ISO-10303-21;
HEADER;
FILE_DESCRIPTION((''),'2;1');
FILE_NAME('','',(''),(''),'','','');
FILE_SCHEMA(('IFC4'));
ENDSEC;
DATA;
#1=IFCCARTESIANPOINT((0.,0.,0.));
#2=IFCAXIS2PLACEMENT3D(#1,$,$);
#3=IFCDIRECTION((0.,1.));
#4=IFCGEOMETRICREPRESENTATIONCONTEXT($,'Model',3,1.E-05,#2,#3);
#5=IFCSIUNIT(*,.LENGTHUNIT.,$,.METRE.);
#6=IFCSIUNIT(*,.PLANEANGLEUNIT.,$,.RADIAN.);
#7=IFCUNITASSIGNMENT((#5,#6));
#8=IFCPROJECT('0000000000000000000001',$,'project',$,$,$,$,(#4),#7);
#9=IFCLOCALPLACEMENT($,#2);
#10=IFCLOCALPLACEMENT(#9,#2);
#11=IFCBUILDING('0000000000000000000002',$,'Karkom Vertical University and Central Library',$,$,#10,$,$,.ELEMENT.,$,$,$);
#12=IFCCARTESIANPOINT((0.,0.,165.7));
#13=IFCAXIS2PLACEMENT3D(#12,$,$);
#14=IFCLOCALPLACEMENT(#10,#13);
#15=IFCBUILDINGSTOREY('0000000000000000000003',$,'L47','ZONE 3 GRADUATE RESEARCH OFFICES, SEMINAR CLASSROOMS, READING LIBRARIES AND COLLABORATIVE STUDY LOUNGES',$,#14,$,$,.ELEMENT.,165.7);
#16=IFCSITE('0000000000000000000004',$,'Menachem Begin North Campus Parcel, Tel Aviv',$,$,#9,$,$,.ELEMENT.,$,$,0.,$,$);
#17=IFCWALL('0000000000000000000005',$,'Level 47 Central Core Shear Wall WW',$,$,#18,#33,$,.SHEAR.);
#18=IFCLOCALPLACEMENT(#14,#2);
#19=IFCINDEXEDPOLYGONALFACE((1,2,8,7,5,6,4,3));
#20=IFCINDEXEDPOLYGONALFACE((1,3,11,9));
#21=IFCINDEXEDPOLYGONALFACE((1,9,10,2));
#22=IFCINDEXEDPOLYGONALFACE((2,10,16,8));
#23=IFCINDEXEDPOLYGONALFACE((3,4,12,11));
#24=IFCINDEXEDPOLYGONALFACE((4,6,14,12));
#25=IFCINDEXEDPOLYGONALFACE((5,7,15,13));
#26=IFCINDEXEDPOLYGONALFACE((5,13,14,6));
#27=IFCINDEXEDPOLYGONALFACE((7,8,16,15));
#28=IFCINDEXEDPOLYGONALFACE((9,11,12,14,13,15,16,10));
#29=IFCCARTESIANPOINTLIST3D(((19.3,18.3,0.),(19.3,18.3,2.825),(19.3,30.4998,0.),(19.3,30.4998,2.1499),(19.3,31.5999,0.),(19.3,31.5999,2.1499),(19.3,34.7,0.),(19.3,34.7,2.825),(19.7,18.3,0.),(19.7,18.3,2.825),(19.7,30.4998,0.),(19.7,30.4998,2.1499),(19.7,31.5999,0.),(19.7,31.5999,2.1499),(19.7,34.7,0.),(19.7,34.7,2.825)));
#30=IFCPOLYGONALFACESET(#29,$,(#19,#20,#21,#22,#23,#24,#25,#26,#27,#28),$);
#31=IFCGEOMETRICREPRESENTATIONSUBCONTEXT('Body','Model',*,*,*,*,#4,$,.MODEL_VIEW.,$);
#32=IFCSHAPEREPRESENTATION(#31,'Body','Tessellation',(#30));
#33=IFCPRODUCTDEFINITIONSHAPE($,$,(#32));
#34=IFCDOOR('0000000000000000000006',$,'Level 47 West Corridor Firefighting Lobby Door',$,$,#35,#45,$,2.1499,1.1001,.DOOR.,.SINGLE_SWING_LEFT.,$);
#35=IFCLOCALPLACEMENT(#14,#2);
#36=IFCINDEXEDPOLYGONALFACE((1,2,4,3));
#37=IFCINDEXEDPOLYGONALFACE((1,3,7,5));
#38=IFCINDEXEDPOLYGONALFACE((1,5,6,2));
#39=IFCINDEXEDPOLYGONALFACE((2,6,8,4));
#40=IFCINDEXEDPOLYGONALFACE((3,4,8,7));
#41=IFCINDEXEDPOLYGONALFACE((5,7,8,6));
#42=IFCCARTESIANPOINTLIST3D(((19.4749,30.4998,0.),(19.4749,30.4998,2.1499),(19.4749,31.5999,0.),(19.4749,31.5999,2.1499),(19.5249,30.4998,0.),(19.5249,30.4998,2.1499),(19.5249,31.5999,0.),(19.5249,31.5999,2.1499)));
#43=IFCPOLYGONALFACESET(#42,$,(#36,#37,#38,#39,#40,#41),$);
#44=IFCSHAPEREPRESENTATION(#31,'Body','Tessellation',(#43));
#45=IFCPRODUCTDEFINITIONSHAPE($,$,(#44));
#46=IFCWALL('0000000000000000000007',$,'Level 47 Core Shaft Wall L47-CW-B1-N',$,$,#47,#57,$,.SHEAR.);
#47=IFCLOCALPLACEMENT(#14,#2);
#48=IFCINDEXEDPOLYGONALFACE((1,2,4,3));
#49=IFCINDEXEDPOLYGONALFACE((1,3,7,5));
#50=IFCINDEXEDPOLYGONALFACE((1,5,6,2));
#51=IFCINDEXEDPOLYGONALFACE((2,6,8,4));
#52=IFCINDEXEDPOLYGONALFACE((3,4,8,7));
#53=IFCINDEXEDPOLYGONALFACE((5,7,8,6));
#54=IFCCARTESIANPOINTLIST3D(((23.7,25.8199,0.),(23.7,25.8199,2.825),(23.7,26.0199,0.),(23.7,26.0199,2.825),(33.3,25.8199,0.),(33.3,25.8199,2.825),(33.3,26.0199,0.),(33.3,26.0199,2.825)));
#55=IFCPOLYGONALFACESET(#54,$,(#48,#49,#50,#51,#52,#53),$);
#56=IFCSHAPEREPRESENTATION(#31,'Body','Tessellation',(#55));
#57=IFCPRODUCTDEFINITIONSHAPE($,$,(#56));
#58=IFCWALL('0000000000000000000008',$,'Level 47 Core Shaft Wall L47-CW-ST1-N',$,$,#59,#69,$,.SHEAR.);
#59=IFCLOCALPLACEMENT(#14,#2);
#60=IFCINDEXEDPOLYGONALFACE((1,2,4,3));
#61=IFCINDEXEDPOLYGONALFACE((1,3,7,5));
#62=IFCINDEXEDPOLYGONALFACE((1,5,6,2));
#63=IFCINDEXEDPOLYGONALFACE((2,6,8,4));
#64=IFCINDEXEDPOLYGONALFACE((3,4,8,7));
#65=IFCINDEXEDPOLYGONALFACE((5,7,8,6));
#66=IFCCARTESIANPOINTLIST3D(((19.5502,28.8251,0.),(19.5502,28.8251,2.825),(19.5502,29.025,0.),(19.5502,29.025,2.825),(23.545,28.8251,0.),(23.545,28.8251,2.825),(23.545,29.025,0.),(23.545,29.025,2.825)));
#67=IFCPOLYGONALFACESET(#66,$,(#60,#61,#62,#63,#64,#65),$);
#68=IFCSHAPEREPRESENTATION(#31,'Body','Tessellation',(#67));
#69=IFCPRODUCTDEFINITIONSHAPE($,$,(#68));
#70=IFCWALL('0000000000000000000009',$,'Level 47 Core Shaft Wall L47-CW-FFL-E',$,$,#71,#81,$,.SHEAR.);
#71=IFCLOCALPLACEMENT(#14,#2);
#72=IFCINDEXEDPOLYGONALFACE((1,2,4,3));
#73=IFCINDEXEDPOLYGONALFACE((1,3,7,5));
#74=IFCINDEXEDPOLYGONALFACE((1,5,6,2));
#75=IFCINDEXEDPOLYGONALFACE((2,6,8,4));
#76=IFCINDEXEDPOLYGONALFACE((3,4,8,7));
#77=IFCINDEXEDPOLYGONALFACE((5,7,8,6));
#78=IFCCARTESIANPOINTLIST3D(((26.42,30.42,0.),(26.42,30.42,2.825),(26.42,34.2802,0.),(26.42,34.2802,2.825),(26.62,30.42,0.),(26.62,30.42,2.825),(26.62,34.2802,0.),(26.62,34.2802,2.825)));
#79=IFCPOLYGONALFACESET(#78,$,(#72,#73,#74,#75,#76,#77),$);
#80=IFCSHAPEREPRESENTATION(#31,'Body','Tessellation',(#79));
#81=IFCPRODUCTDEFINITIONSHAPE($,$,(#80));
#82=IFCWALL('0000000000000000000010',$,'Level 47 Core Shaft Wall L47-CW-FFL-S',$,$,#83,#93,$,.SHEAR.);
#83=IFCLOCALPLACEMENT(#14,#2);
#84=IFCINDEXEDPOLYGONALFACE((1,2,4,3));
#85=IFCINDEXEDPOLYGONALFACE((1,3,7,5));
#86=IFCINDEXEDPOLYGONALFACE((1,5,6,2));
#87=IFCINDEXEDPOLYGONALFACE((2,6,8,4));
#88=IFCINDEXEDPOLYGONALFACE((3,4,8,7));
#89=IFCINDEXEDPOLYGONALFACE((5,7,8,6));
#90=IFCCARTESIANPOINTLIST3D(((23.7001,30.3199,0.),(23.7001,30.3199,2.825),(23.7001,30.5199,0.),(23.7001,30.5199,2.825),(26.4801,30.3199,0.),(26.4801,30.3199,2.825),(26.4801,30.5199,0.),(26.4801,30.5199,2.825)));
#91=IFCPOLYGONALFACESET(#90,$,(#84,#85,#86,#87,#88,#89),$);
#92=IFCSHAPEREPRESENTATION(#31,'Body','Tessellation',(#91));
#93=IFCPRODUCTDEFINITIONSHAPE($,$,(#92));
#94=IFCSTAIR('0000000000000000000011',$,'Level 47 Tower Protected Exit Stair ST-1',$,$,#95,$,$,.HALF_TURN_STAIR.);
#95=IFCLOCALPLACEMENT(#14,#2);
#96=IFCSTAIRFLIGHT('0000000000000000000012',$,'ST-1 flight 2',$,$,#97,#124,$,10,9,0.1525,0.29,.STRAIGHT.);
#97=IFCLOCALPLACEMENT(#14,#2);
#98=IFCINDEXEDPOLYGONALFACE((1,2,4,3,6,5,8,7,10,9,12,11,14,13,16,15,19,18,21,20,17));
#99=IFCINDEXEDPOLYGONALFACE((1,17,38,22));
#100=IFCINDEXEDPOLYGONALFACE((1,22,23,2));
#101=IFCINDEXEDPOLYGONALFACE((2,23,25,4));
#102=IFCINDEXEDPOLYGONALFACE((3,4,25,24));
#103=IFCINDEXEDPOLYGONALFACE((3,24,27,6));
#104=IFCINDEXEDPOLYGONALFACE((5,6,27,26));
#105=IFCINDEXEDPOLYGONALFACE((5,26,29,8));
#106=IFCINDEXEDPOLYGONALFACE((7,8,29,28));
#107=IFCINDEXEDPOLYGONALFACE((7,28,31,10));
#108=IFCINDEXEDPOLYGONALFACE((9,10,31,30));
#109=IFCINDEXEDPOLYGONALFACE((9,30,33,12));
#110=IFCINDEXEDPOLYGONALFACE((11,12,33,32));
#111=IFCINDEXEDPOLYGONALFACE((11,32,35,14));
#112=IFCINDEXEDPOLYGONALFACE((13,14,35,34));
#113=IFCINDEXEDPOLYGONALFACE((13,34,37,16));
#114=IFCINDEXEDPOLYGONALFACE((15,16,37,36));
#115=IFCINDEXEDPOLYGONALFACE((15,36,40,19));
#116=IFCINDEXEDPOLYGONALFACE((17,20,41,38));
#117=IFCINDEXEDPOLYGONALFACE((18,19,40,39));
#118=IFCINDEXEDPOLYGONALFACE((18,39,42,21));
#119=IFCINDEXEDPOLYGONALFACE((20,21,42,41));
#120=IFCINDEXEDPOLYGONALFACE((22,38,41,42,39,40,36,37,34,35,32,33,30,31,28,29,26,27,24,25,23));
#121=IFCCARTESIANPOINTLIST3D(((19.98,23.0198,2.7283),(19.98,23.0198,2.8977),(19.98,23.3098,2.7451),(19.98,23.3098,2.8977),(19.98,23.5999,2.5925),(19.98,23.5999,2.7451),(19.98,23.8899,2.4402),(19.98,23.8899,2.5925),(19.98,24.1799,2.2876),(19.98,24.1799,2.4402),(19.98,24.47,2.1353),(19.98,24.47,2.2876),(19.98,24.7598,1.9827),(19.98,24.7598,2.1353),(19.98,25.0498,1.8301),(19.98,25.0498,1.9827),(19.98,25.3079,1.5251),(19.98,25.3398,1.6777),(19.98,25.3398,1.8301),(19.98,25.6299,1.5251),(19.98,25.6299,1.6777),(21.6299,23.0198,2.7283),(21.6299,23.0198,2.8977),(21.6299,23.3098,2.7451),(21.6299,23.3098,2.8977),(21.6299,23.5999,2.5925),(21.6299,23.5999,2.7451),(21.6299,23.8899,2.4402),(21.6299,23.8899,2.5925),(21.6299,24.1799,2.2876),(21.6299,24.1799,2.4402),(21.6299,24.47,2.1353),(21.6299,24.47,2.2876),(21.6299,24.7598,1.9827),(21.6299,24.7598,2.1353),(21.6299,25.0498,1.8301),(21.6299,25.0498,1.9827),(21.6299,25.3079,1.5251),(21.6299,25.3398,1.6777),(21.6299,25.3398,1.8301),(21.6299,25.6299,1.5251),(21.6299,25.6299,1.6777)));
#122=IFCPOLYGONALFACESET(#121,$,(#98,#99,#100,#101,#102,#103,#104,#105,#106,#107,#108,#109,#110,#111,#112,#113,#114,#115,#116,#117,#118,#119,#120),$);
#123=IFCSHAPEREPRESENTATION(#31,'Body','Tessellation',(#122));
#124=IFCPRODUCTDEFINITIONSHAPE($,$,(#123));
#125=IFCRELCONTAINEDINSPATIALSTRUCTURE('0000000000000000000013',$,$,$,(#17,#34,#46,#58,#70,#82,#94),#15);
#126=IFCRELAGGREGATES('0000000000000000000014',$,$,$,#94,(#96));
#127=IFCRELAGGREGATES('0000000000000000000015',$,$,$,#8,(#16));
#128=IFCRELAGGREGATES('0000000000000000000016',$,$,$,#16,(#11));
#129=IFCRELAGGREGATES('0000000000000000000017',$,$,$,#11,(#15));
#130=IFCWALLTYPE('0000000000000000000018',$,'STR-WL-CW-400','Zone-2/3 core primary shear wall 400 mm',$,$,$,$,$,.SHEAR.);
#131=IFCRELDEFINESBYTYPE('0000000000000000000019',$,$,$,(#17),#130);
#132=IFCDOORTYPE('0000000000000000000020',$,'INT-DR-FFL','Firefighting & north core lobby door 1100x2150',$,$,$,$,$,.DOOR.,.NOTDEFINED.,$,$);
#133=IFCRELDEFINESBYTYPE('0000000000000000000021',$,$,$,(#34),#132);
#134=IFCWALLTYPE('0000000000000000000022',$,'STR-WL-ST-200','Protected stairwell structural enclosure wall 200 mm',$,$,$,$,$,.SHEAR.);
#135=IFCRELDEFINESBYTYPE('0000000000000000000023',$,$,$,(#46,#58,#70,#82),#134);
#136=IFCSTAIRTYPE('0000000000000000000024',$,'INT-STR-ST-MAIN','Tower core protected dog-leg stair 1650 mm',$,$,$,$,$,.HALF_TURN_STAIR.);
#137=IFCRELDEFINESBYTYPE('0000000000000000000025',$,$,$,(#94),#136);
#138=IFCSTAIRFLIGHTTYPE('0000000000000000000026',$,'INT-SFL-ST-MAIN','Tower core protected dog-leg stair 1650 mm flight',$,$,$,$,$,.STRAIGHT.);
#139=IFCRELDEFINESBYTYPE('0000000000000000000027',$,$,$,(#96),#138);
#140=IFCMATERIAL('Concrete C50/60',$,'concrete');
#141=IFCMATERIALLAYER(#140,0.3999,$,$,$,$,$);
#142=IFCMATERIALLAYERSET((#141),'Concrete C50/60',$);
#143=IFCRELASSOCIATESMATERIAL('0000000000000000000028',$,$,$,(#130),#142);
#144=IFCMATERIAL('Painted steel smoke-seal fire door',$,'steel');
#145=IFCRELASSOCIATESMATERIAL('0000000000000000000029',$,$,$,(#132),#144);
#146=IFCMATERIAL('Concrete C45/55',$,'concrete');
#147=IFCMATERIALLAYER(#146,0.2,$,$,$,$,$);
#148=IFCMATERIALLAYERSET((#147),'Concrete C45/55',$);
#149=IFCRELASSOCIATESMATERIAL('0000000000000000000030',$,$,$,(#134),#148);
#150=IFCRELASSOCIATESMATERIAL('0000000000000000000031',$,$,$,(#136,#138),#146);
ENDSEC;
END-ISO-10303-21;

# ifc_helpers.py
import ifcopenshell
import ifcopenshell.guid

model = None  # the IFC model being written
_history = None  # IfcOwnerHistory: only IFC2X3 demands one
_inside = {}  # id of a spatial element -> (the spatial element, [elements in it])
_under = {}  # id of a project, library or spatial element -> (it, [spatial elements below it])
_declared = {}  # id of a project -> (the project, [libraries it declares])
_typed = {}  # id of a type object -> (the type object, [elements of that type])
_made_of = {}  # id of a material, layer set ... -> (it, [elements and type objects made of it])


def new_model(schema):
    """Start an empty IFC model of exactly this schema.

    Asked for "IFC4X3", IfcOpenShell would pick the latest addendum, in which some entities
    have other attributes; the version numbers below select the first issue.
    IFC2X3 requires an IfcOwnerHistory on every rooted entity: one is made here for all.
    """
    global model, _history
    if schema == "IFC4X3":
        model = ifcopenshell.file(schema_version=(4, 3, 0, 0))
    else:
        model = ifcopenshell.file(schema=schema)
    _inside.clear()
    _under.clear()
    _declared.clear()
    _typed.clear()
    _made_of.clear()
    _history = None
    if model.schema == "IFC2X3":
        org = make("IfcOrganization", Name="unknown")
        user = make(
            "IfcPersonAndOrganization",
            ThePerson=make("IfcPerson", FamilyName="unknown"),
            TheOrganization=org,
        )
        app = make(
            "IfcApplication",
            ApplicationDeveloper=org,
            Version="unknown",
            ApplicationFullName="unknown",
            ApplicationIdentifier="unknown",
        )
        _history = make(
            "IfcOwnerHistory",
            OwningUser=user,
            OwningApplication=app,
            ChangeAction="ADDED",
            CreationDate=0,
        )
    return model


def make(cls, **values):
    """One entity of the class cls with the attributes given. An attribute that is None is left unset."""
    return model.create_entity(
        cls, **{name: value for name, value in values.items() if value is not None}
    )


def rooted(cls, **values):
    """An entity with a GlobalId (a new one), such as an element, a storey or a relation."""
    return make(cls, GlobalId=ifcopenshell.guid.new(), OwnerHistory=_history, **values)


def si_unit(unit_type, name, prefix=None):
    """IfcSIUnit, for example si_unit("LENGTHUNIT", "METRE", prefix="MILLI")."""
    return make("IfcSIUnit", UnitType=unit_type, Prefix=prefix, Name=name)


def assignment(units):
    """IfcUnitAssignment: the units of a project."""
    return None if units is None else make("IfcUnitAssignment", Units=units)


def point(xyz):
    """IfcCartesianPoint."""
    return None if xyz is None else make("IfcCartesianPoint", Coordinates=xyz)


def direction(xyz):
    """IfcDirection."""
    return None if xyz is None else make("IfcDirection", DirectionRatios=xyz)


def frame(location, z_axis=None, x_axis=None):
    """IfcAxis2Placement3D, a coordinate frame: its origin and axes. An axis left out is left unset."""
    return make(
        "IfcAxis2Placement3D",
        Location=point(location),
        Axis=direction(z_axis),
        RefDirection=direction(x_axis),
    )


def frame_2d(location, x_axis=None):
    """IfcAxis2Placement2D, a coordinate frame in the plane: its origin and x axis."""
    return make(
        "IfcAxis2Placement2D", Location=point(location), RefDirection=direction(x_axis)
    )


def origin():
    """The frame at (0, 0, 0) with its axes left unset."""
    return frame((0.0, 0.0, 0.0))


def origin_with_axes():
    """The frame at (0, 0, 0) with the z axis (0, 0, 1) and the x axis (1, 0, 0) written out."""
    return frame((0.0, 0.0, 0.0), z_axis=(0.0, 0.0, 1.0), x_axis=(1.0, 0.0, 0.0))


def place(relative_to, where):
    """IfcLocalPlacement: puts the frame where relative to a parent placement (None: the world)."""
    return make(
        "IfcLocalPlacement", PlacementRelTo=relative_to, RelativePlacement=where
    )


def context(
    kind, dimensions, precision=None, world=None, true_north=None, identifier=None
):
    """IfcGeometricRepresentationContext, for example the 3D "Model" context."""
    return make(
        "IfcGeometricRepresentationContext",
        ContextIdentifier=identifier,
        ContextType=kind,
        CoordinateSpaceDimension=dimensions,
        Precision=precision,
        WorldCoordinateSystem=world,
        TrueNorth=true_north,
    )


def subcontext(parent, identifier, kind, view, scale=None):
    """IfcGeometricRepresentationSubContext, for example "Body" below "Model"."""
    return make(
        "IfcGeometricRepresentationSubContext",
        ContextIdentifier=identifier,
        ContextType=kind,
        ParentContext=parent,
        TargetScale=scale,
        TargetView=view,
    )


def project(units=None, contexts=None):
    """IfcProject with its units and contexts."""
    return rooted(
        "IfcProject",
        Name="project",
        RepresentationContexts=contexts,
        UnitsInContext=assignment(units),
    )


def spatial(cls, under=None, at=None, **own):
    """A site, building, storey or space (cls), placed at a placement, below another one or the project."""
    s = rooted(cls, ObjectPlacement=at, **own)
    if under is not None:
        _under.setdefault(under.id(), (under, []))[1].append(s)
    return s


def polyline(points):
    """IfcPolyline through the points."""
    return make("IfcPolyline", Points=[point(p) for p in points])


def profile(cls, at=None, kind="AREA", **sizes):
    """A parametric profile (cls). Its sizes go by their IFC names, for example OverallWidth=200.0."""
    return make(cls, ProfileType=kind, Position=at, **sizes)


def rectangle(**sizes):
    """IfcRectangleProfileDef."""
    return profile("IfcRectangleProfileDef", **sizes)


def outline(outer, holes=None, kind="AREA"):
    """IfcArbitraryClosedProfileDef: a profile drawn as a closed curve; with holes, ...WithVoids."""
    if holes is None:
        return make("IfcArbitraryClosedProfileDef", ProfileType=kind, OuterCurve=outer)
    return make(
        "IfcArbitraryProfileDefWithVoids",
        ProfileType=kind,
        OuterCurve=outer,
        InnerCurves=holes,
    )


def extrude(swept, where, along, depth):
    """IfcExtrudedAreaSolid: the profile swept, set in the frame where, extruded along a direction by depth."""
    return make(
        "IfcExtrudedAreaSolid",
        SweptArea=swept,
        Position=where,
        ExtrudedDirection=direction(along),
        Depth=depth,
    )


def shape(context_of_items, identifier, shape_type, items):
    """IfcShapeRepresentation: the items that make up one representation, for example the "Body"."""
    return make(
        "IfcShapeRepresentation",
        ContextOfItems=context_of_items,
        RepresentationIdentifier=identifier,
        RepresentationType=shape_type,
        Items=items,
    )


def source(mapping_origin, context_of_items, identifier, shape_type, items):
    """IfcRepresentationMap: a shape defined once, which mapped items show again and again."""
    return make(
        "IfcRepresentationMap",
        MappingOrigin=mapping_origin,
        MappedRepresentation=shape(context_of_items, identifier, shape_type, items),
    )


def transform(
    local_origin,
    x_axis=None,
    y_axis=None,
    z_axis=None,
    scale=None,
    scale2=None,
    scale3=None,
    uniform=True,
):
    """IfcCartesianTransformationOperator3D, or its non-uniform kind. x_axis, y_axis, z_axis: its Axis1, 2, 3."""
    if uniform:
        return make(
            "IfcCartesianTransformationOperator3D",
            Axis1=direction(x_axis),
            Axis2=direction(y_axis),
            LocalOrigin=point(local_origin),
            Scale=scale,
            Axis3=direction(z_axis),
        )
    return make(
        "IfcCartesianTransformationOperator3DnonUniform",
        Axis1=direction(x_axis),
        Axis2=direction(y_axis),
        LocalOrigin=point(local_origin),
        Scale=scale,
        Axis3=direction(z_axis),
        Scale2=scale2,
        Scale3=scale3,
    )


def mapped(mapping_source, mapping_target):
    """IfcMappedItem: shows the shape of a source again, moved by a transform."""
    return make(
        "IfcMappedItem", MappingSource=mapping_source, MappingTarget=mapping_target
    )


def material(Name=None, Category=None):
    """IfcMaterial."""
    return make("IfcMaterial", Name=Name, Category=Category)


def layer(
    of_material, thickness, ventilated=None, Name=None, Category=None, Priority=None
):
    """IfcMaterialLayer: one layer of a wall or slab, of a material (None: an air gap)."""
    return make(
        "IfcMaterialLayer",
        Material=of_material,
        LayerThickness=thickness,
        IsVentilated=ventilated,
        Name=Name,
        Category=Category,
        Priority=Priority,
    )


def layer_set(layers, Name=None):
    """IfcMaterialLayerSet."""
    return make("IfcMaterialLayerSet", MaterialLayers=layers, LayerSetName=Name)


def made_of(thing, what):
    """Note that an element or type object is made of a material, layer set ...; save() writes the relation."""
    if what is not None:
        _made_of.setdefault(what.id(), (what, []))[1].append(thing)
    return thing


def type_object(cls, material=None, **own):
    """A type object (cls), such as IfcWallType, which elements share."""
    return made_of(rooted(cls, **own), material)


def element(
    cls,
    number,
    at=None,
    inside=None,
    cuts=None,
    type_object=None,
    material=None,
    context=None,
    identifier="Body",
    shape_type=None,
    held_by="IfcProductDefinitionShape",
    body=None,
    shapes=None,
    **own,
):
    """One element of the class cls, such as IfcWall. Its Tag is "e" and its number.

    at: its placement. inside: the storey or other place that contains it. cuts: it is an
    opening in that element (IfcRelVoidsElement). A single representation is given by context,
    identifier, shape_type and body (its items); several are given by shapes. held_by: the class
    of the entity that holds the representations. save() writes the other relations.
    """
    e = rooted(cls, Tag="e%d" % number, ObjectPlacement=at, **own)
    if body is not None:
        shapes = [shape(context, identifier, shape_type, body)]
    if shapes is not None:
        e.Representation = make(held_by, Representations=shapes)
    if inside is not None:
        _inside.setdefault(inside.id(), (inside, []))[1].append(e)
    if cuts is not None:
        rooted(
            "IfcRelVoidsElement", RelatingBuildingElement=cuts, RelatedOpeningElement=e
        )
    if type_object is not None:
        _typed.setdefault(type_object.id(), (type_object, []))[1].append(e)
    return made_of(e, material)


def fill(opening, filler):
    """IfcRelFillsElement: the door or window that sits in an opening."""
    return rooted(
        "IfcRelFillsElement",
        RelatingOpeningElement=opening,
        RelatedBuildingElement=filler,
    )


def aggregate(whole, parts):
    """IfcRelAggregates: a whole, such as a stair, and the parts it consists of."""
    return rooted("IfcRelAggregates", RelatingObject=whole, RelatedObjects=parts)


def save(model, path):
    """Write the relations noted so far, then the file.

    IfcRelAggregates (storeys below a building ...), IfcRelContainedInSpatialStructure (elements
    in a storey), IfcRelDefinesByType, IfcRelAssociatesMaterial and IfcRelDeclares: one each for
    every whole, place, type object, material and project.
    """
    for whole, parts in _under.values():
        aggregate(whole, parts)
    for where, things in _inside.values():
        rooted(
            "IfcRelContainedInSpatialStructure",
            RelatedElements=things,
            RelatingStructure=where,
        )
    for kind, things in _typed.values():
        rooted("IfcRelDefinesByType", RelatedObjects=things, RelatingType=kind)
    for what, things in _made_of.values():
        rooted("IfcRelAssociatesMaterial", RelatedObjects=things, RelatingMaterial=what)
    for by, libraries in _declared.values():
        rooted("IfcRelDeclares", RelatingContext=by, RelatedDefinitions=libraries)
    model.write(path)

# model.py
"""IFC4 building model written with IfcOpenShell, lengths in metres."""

from ifc_helpers import new_model, si_unit, direction, frame, frame_2d, origin, origin_with_axes, place, context, subcontext, project, spatial, polyline, rectangle, outline, extrude, source, transform, mapped, material, layer, layer_set, type_object, element, fill, aggregate, save


model = new_model("IFC4")

# Units and contexts
model_context = context("Model", 3, precision=1e-05, world=origin(), true_north=direction((0.0, 1.0)))
body_context = subcontext(model_context, "Body", "Model", "MODEL_VIEW")
ifc_project = project(units=[si_unit("LENGTHUNIT", "METRE"), si_unit("PLANEANGLEUNIT", "RADIAN")], contexts=[model_context])

# Site, building, storey
site_placement = place(None, origin())
site = spatial("IfcSite", under=ifc_project, at=site_placement, Name="Menachem Begin North Campus Parcel, Tel Aviv", CompositionType="ELEMENT", RefElevation=0.0)
building_placement = place(site_placement, origin())
building = spatial("IfcBuilding", under=site, at=building_placement, Name="Karkom Vertical University and Central Library", CompositionType="ELEMENT")
storey_placement = place(building_placement, frame((0.0, 0.0, 165.7)))
storey = spatial("IfcBuildingStorey", under=building, at=storey_placement, Name="L47", Description="ZONE 3 GRADUATE RESEARCH OFFICES, SEMINAR CLASSROOMS, READING LIBRARIES AND COLLABORATIVE STUDY LOUNGES", CompositionType="ELEMENT", Elevation=165.7)

# Shared definitions
ifc_material_1 = material(Name="Concrete C50/60", Category="concrete")

# Wall, opening, door
ifc_layer_1 = layer(ifc_material_1, 0.3999)
ifc_layer_set_1 = layer_set([ifc_layer_1], Name="Concrete C50/60")
wall_type_1 = type_object("IfcWallType", Name="STR-WL-CW-400", Description="Zone-2/3 core primary shear wall 400 mm", PredefinedType="SHEAR", material=ifc_layer_set_1)
wall_1_placement = place(storey_placement, frame((19.5, 34.7, 0.0), z_axis=(0.0, 0.0, 1.0), x_axis=(0.0, -1.0, 0.0)))
wall_1 = element("IfcWall", 1, at=wall_1_placement, inside=storey, type_object=wall_type_1, Name="Level 47 Central Core Shear Wall WW", PredefinedType="SHEAR", context=body_context, shape_type="SweptSolid", body=[
    extrude(rectangle(XDim=16.3999, YDim=0.3999, at=frame_2d((8.2, 0.0))), origin(), (0.0, 0.0, 1.0), 2.825),
])
opening_1_placement = place(wall_1_placement, frame((3.1001, 0.0, 0.0)))
opening_1 = element("IfcOpeningElement", 2, at=opening_1_placement, cuts=wall_1, PredefinedType="OPENING", context=body_context, shape_type="SweptSolid", body=[
    extrude(rectangle(XDim=1.1001, YDim=2.1499, at=frame_2d((0.55, 1.075))), frame((0.0, 0.21, 0.0), z_axis=(0.0, -1.0, 0.0), x_axis=(1.0, 0.0, 0.0)), (0.0, 0.0, 1.0), 0.4199),
])
ifc_material_2 = material(Name="Painted steel smoke-seal fire door", Category="steel")
door_type_1 = type_object("IfcDoorType", Name="INT-DR-FFL", Description="Firefighting & north core lobby door 1100x2150", OperationType="NOTDEFINED", PredefinedType="DOOR", material=ifc_material_2)
shared_shape_1 = source(origin_with_axes(), body_context, "Body", "SweptSolid", [
    extrude(rectangle(XDim=1.1001, YDim=2.1499, at=frame_2d((0.55, 1.075))), frame((0.0, 0.0249, 0.0), z_axis=(0.0, -1.0, 0.0), x_axis=(1.0, 0.0, 0.0)), (0.0, 0.0, 1.0), 0.05),
])
door_1_placement = place(opening_1_placement, origin())
door_1 = element("IfcDoor", 3, at=door_1_placement, inside=storey, type_object=door_type_1, Name="Level 47 West Corridor Firefighting Lobby Door", OperationType="SINGLE_SWING_LEFT", OverallHeight=2.1499, OverallWidth=1.1001, PredefinedType="DOOR", context=body_context, shape_type="MappedRepresentation", body=[
    mapped(shared_shape_1, transform((0.0, 0.0, 0.0), scale=1.0)),
])
fill(opening_1, door_1)

# Wall
ifc_material_3 = material(Name="Concrete C45/55", Category="concrete")
ifc_layer_2 = layer(ifc_material_3, 0.2)
ifc_layer_set_2 = layer_set([ifc_layer_2], Name="Concrete C45/55")
wall_type_2 = type_object("IfcWallType", Name="STR-WL-ST-200", Description="Protected stairwell structural enclosure wall 200 mm", PredefinedType="SHEAR", material=ifc_layer_set_2)
wall_2_placement = place(storey_placement, frame((23.7, 25.9199, 0.0), z_axis=(0.0, 0.0, 1.0), x_axis=(1.0, 0.0, 0.0)))
element("IfcWall", 4, at=wall_2_placement, inside=storey, type_object=wall_type_2, Name="Level 47 Core Shaft Wall L47-CW-B1-N", PredefinedType="SHEAR", context=body_context, shape_type="SweptSolid", body=[
    extrude(rectangle(XDim=9.6001, YDim=0.2, at=frame_2d((4.8, 0.0))), origin(), (0.0, 0.0, 1.0), 2.825),
])

# Walls
wall_3_placement = place(storey_placement, frame((19.55, 28.925, 0.0), z_axis=(0.0, 0.0, 1.0), x_axis=(1.0, 0.0, 0.0)))
element("IfcWall", 5, at=wall_3_placement, inside=storey, type_object=wall_type_2, Name="Level 47 Core Shaft Wall L47-CW-ST1-N", PredefinedType="SHEAR", context=body_context, shape_type="SweptSolid", body=[
    extrude(rectangle(XDim=3.9949, YDim=0.2, at=frame_2d((1.9976, 0.0))), origin(), (0.0, 0.0, 1.0), 2.825),
])
wall_4_placement = place(storey_placement, frame((26.52, 30.4199, 0.0), z_axis=(0.0, 0.0, 1.0), x_axis=(0.0, 1.0, 0.0)))
element("IfcWall", 6, at=wall_4_placement, inside=storey, type_object=wall_type_2, Name="Level 47 Core Shaft Wall L47-CW-FFL-E", PredefinedType="SHEAR", context=body_context, shape_type="SweptSolid", body=[
    extrude(rectangle(XDim=3.8601, YDim=0.2, at=frame_2d((1.9302, 0.0))), origin(), (0.0, 0.0, 1.0), 2.825),
])
wall_5_placement = place(storey_placement, frame((23.7, 30.4199, 0.0), z_axis=(0.0, 0.0, 1.0), x_axis=(1.0, 0.0, 0.0)))
element("IfcWall", 7, at=wall_5_placement, inside=storey, type_object=wall_type_2, Name="Level 47 Core Shaft Wall L47-CW-FFL-S", PredefinedType="SHEAR", context=body_context, shape_type="SweptSolid", body=[
    extrude(rectangle(XDim=2.78, YDim=0.2, at=frame_2d((1.3901, 0.0))), origin(), (0.0, 0.0, 1.0), 2.825),
])

# Stair, stair flight
stair_type = type_object("IfcStairType", Name="INT-STR-ST-MAIN", Description="Tower core protected dog-leg stair 1650 mm", PredefinedType="HALF_TURN_STAIR", material=ifc_material_3)
stair_placement = place(storey_placement, origin())
stair = element("IfcStair", 8, at=stair_placement, inside=storey, type_object=stair_type, Name="Level 47 Tower Protected Exit Stair ST-1", PredefinedType="HALF_TURN_STAIR")
stair_flight_type = type_object("IfcStairFlightType", Name="INT-SFL-ST-MAIN", Description="Tower core protected dog-leg stair 1650 mm flight", PredefinedType="STRAIGHT", material=ifc_material_3)
stair_flight_placement = place(storey_placement, frame((20.8049, 25.6299, 1.5251), z_axis=(0.0, 0.0, 1.0), x_axis=(0.0, -1.0, 0.0)))
stair_flight = element("IfcStairFlight", 9, at=stair_flight_placement, type_object=stair_flight_type, Name="ST-1 flight 2", NumberOfRisers=10, NumberOfTreads=9, PredefinedType="STRAIGHT", RiserHeight=0.1525, TreadLength=0.29, context=body_context, shape_type="SweptSolid", body=[
    extrude(outline(polyline([(0.0, 0.0), (0.0, 0.1526), (0.29, 0.1526), (0.29, 0.3049), (0.5801, 0.3049), (0.5801, 0.4575), (0.8701, 0.4575), (0.8701, 0.6101), (1.1599, 0.6101), (1.1599, 0.7625), (1.45, 0.7625), (1.45, 0.915), (1.74, 0.915), (1.74, 1.0674), (2.03, 1.0674), (2.03, 1.22), (2.3201, 1.22), (2.3201, 1.3726), (2.6101, 1.3726), (2.6101, 1.5249), (2.6101, 1.2031), (0.322, 0.0), (0.0, 0.0)])), frame((0.0, 0.825, 0.0), z_axis=(0.0, -1.0, 0.0), x_axis=(1.0, 0.0, 0.0)), (0.0, 0.0, 1.0), 1.6499),
])
aggregate(stair, [stair_flight])

save(model, "model.ifc")
